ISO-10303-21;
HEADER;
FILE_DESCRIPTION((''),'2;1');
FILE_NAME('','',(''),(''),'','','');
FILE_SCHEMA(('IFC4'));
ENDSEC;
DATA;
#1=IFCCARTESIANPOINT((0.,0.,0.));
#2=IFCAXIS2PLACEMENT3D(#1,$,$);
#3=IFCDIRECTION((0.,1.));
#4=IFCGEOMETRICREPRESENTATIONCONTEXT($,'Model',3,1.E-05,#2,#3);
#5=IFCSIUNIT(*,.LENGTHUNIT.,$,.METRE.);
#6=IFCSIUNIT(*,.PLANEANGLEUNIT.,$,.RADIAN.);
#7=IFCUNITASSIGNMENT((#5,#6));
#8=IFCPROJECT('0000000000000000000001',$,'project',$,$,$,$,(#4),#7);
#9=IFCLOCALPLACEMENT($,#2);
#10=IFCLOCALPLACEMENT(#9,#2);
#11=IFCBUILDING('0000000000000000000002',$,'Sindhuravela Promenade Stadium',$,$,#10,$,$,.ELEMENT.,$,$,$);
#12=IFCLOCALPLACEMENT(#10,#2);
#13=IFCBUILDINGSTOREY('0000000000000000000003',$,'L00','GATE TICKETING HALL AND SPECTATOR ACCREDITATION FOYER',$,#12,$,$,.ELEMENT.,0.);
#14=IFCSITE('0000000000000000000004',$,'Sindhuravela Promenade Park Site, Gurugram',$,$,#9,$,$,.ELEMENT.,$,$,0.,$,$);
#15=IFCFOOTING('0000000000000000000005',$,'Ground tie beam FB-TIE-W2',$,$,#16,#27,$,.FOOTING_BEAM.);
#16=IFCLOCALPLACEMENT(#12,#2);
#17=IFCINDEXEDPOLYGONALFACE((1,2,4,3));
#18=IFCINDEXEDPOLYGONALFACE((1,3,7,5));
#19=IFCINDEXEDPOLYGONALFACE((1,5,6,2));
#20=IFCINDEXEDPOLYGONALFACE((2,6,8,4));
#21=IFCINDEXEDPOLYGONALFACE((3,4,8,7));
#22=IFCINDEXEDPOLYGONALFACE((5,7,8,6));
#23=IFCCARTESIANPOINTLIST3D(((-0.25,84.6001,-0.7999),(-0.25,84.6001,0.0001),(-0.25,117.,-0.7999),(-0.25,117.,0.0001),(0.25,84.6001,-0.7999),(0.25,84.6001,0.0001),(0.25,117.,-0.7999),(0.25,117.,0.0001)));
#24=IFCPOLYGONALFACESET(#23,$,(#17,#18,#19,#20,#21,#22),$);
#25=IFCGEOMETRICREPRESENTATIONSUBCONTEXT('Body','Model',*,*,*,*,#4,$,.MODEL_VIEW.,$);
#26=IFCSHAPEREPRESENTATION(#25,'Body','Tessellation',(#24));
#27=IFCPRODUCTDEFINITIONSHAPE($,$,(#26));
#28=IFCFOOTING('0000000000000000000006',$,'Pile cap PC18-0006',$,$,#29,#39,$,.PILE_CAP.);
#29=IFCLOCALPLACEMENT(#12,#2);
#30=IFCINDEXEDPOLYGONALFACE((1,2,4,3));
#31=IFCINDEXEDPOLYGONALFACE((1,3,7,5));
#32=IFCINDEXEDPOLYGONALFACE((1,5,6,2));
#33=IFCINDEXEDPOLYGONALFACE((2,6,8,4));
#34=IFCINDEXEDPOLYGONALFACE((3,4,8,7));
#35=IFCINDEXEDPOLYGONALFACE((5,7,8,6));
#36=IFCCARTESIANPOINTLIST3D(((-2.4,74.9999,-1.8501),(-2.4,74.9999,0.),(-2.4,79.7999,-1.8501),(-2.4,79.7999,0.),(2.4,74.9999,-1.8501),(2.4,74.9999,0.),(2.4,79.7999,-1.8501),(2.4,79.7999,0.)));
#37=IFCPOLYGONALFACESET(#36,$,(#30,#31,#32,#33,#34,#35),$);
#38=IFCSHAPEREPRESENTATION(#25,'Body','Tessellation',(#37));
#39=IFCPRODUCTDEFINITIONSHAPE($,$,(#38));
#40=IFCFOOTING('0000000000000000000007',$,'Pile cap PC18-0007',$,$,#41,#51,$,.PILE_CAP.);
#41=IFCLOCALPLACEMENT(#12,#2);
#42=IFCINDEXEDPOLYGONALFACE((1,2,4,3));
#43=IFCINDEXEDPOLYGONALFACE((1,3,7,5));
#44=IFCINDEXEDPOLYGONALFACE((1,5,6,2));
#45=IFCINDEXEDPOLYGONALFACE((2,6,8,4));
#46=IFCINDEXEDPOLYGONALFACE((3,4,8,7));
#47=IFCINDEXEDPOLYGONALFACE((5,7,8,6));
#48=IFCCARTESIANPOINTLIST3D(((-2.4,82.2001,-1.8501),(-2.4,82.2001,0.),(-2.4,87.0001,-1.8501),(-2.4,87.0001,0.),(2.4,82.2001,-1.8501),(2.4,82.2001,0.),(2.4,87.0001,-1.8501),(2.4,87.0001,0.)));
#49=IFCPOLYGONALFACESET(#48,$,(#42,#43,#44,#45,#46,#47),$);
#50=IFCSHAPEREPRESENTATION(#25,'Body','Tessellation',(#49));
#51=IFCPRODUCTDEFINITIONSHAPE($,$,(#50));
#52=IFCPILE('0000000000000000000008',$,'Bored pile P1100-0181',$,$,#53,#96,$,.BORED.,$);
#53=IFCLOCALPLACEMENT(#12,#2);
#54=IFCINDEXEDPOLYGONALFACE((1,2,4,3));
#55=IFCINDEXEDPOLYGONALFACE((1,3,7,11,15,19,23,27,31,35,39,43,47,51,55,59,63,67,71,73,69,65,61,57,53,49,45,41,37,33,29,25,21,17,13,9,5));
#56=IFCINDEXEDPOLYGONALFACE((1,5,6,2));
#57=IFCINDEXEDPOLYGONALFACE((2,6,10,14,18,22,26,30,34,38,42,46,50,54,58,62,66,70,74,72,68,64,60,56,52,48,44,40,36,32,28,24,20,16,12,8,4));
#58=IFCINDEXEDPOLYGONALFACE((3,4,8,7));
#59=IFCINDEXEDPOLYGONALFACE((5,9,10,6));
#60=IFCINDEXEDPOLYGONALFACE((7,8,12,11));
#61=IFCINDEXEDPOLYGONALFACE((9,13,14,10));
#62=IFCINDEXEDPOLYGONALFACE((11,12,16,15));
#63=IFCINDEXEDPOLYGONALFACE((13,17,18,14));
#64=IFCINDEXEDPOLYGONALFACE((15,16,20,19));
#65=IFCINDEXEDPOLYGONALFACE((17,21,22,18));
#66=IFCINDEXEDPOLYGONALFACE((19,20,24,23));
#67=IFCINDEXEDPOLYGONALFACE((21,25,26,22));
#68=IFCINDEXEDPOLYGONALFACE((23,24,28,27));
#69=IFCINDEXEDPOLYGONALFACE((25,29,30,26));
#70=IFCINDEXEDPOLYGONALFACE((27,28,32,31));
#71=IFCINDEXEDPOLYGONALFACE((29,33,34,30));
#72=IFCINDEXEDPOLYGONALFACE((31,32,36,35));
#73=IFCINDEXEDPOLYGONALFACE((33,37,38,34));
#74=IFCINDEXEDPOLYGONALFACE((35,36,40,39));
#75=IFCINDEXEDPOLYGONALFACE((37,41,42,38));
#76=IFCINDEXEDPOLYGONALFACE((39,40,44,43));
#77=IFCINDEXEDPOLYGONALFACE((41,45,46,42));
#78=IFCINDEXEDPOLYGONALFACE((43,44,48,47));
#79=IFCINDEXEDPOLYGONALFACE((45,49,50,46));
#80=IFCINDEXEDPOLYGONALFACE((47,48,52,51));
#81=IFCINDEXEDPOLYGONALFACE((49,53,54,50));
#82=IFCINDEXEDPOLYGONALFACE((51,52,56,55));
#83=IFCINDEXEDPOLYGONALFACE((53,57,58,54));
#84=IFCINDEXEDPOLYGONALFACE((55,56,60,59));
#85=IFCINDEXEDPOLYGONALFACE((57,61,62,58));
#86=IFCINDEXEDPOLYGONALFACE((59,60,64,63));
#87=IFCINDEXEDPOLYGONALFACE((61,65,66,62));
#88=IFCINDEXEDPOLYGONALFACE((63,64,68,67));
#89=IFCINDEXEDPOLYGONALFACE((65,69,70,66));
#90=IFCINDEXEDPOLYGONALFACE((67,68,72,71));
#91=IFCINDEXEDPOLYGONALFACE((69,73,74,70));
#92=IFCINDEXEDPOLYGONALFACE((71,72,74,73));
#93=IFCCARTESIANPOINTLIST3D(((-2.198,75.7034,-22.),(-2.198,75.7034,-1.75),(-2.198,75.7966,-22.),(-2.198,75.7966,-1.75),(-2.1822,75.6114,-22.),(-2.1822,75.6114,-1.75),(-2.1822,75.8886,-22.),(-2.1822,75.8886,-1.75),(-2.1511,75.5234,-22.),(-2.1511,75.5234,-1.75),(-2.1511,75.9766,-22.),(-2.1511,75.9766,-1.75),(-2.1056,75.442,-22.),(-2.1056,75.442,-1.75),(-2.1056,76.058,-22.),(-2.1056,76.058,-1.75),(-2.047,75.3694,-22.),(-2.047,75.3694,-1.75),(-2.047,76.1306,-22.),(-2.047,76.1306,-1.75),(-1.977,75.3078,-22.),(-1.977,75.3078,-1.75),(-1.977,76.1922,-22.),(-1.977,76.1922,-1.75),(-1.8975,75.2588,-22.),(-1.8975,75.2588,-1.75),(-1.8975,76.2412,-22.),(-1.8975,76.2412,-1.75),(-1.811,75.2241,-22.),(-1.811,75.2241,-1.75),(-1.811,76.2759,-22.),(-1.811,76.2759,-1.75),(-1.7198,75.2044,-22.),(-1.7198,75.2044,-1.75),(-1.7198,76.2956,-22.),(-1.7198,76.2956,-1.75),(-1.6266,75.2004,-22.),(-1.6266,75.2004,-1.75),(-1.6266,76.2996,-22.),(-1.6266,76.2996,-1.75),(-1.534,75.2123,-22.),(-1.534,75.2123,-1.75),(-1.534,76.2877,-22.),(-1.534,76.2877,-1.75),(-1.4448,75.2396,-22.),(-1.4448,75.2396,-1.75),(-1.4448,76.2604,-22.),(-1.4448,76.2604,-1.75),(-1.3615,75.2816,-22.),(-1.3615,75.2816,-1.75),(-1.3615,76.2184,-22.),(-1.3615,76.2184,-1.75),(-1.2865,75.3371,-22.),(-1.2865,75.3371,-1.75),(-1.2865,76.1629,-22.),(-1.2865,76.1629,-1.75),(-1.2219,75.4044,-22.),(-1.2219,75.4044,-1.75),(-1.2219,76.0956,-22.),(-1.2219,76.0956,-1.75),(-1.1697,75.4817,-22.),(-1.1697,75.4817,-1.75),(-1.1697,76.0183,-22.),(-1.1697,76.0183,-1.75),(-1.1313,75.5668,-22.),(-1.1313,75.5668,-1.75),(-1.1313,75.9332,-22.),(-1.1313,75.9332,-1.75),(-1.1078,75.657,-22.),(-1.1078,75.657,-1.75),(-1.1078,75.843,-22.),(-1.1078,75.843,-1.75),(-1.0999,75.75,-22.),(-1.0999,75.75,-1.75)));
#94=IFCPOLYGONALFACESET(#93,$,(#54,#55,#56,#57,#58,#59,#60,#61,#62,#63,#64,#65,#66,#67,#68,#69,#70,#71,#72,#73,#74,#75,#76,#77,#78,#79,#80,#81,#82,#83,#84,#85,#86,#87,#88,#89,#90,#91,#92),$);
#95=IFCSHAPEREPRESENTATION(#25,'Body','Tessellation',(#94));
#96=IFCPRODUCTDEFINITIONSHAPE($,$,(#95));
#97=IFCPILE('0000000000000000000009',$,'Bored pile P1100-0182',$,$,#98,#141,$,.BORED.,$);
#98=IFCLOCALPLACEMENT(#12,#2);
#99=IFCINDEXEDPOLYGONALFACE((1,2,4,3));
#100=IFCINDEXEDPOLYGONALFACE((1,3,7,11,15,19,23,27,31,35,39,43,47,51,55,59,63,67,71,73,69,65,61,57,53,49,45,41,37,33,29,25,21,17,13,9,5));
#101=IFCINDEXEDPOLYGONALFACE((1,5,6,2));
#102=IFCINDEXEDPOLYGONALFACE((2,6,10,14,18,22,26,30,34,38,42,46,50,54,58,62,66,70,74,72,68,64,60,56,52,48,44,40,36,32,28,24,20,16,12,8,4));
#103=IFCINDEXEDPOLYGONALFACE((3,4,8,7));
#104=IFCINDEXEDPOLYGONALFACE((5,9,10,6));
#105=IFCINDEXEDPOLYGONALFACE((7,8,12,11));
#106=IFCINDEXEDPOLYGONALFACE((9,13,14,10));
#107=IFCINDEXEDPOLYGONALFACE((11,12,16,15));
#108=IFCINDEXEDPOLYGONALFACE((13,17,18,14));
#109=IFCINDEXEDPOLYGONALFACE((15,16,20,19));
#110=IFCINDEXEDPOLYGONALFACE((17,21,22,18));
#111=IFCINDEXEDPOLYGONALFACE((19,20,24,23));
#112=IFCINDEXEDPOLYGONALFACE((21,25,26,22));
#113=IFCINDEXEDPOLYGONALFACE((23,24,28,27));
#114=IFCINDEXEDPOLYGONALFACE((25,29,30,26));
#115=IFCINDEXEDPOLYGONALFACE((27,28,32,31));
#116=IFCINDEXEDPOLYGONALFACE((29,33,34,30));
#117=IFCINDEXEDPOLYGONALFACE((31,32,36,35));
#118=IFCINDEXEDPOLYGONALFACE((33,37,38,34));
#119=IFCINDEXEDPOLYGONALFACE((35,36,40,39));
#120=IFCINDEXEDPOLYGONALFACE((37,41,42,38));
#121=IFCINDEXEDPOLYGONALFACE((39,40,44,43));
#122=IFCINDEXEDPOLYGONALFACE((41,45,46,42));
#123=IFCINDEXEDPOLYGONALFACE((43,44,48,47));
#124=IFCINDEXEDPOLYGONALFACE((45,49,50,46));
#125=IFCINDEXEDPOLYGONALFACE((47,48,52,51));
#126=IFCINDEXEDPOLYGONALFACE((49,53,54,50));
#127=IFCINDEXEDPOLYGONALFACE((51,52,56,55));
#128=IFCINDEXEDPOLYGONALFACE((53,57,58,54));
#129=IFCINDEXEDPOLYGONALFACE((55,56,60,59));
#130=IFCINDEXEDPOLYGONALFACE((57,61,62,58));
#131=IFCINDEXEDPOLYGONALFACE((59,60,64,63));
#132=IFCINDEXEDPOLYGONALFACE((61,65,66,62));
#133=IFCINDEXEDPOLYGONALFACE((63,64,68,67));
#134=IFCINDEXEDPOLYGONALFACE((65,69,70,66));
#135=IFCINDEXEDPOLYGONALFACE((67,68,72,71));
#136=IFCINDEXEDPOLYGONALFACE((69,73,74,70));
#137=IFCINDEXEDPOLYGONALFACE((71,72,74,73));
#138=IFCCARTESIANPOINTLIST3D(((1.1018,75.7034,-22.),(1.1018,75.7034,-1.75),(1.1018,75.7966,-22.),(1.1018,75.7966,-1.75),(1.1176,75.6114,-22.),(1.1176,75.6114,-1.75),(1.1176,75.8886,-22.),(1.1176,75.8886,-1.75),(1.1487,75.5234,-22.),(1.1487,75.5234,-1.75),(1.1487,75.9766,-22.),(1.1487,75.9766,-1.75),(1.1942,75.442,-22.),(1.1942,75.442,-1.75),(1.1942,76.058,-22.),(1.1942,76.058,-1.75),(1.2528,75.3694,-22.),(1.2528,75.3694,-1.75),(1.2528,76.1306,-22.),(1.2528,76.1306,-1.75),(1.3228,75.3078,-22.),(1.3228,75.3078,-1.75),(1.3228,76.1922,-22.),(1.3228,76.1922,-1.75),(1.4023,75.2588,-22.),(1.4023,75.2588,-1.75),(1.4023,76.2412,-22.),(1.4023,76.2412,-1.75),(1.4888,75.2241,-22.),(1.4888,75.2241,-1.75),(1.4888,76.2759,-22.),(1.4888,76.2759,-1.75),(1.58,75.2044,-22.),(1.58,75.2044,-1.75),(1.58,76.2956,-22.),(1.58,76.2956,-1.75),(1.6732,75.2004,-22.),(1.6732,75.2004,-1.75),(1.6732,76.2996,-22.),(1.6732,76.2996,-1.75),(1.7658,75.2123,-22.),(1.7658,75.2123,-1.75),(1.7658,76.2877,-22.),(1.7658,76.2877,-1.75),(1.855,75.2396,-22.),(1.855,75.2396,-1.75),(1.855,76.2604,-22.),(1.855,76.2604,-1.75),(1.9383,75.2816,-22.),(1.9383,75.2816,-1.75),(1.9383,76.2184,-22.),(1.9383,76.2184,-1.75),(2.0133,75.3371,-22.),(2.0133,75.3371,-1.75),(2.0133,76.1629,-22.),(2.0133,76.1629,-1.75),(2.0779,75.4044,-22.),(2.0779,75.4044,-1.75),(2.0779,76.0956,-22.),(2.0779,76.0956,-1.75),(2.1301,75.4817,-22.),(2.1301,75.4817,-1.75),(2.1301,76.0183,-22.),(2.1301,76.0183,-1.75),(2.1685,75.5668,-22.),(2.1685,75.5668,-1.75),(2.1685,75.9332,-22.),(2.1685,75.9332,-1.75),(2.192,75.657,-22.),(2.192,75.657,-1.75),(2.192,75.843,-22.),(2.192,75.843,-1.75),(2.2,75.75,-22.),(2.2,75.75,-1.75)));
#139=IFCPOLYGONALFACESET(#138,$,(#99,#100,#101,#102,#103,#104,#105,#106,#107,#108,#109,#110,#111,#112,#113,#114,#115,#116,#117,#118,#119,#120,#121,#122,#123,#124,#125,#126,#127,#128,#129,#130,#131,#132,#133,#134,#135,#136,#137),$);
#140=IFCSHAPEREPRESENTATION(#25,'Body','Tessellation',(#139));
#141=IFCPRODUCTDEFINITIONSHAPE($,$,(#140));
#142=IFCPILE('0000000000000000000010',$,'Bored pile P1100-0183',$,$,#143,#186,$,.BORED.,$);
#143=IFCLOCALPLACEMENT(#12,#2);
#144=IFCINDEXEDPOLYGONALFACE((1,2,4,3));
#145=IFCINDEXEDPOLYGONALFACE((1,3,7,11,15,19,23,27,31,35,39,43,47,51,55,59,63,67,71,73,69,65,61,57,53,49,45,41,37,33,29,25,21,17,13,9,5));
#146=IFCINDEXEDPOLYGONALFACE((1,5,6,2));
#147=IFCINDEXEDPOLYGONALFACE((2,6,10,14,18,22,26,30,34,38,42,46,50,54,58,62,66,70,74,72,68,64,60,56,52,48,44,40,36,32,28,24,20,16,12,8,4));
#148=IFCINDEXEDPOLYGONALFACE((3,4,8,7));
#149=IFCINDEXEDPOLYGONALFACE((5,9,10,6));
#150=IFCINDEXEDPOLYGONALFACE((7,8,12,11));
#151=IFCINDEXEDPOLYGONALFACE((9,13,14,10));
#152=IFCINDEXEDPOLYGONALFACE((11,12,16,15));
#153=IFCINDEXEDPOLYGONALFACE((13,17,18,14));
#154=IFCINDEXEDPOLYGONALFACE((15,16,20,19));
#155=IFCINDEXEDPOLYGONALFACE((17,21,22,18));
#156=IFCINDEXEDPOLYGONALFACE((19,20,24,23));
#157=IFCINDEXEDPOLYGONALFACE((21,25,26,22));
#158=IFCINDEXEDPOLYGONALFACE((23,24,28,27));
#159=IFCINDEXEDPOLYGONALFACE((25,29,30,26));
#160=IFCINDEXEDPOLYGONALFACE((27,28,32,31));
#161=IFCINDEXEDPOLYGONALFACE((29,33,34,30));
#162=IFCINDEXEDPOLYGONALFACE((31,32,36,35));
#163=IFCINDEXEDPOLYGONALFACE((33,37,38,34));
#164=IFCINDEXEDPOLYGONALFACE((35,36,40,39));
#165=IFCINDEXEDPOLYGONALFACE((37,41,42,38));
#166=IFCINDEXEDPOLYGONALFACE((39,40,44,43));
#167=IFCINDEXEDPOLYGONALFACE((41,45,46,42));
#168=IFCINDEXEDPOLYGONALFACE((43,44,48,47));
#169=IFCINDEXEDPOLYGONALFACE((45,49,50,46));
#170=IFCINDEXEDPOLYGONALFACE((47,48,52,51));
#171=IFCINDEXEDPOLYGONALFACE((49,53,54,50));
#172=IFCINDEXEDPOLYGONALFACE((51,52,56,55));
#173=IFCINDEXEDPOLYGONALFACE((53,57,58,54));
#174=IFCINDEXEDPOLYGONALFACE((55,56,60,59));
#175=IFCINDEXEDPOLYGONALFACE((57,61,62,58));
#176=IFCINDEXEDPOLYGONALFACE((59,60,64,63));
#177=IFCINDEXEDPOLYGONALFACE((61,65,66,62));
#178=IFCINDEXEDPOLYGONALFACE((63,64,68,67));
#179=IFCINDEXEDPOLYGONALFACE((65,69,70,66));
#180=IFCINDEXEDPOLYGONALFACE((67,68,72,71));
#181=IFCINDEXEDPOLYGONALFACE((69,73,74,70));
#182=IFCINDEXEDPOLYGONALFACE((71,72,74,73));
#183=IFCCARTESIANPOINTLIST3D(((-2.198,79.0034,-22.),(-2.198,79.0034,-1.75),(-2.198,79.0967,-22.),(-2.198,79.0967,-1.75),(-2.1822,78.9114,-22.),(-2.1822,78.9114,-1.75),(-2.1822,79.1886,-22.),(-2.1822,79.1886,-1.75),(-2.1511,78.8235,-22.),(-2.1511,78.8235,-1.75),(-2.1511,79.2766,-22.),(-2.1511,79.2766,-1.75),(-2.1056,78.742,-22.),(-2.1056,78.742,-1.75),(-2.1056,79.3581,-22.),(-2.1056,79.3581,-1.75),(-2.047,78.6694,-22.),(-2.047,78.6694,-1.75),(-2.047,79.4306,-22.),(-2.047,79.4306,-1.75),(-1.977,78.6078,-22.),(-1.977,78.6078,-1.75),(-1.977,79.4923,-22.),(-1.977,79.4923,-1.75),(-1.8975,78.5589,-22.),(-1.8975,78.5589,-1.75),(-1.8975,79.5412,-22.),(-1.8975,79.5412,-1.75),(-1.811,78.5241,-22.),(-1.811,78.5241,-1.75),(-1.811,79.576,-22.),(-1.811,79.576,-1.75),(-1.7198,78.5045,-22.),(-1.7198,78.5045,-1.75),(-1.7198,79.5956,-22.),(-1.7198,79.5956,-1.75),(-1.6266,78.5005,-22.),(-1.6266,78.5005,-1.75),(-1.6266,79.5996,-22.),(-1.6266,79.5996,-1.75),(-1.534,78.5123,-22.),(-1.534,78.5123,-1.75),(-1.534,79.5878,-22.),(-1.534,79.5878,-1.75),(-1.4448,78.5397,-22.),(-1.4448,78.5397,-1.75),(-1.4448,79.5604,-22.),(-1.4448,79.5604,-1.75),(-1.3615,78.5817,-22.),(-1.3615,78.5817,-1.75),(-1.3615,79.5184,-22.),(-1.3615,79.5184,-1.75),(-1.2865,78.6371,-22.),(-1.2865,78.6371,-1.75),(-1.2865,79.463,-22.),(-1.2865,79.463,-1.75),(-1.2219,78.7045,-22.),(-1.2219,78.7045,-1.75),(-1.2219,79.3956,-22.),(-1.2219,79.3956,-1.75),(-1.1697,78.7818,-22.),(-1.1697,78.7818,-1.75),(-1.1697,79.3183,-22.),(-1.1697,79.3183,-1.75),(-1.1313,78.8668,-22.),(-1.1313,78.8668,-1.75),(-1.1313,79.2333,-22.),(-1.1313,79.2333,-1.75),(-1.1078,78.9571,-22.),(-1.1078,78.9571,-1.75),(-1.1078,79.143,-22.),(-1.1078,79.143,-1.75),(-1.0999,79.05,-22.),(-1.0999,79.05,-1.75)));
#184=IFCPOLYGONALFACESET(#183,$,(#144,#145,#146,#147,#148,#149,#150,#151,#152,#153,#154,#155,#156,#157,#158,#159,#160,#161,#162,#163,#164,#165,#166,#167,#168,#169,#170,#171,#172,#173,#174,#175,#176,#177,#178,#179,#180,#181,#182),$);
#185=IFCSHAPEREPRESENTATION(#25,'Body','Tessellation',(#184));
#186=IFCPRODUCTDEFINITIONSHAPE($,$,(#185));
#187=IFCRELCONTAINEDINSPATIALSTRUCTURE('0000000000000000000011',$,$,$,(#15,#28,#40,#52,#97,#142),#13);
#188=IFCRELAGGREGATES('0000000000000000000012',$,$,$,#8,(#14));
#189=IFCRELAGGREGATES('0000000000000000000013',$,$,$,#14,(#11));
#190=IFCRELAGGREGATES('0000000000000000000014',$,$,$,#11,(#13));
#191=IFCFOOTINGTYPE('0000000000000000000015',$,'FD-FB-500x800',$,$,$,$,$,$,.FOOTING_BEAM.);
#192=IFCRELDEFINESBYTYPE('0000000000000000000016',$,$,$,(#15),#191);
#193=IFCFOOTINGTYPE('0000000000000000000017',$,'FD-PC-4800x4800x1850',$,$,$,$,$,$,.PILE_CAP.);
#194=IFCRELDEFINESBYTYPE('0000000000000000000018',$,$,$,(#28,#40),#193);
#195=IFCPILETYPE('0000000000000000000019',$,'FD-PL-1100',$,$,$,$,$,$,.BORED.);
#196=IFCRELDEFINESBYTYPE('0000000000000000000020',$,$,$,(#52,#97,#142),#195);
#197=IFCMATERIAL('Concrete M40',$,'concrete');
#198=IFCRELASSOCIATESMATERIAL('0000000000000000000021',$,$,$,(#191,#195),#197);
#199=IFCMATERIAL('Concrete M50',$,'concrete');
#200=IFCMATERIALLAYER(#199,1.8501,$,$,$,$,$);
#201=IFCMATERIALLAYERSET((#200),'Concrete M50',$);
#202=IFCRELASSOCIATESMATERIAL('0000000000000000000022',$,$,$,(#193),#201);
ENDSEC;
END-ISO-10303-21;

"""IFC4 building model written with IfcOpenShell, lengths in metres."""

from ifc_helpers import new_model, si_unit, direction, frame, origin, origin_2d, place, context, subcontext, project, spatial, rectangle, circle, extrude, material, layer, layer_set, material_profile, profile_set, type_object, element, save


model = new_model("IFC4")

# Units and contexts
model_context = context("Model", 3, precision=1e-05, world=origin(), true_north=direction((0.0, 1.0)))
body_context = subcontext(model_context, "Body", "Model", "MODEL_VIEW")
ifc_project = project(units=[si_unit("LENGTHUNIT", "METRE"), si_unit("PLANEANGLEUNIT", "RADIAN")], contexts=[model_context])

# Site, building, storey
site_placement = place(None, origin())
site = spatial("IfcSite", under=ifc_project, at=site_placement, Name="Sindhuravela Promenade Park Site, Gurugram", CompositionType="ELEMENT", RefElevation=0.0)
building_placement = place(site_placement, origin())
building = spatial("IfcBuilding", under=site, at=building_placement, Name="Sindhuravela Promenade Stadium", CompositionType="ELEMENT")
storey_placement = place(building_placement, origin())
storey = spatial("IfcBuildingStorey", under=building, at=storey_placement, Name="L00", Description="GATE TICKETING HALL AND SPECTATOR ACCREDITATION FOYER", CompositionType="ELEMENT", Elevation=0.0)

# Footings
ifc_material_1 = material(Name="Concrete M40", Category="concrete")
ifc_material_profile_1 = material_profile(ifc_material_1, rectangle(XDim=0.5, YDim=0.8, at=origin_2d()), Name="RC 500x800")
ifc_profile_set_1 = profile_set([ifc_material_profile_1], Name="Concrete M40")
footing_type_1 = type_object("IfcFootingType", Name="FD-FB-500x800", PredefinedType="FOOTING_BEAM", material=ifc_profile_set_1)
footing_placement = place(storey_placement, frame((0.0, 84.6001, -0.3999), z_axis=(0.0, 1.0, 0.0), x_axis=(-1.0, 0.0, 0.0)))
element("IfcFooting", 1, at=footing_placement, inside=storey, type_object=footing_type_1, Name="Ground tie beam FB-TIE-W2", PredefinedType="FOOTING_BEAM", context=body_context, shape_type="SweptSolid", body=[
    extrude(rectangle(XDim=0.5, YDim=0.8, at=origin_2d()), origin(), (0.0, 0.0, 1.0), 32.3999),
])
ifc_material_2 = material(Name="Concrete M50", Category="concrete")
ifc_layer_1 = layer(ifc_material_2, 1.8501)
ifc_layer_set_1 = layer_set([ifc_layer_1], Name="Concrete M50")
footing_type_2 = type_object("IfcFootingType", Name="FD-PC-4800x4800x1850", PredefinedType="PILE_CAP", material=ifc_layer_set_1)
for number, where, z_axis, x_axis, name in (
    (2, (0.0, 77.3999, -1.8501), (0.0, 0.0, 1.0), (1.0, 0.0, 0.0), "Pile cap PC18-0006"),
    (3, (0.0, 84.6001, -1.8501), (0.0, 0.0, 1.0), (1.0, 0.0, 0.0), "Pile cap PC18-0007"),
):
    element("IfcFooting", number, at=place(storey_placement, frame(where, z_axis=z_axis, x_axis=x_axis)), inside=storey, type_object=footing_type_2, Name=name, PredefinedType="PILE_CAP", context=body_context, shape_type="SweptSolid", body=[
        extrude(rectangle(XDim=4.8, YDim=4.8, at=origin_2d()), origin(), (0.0, 0.0, 1.0), 1.8501),
    ])

# Piles
ifc_material_profile_2 = material_profile(ifc_material_1, circle(Radius=0.55, at=origin_2d()), Name="BORED PILE D1100")
ifc_profile_set_2 = profile_set([ifc_material_profile_2], Name="Concrete M40")
pile_type = type_object("IfcPileType", Name="FD-PL-1100", PredefinedType="BORED", material=ifc_profile_set_2)
for number, where, z_axis, x_axis, name in (
    (4, (-1.6499, 75.75, -1.75), (0.0, 0.0, -1.0), (1.0, 0.0, 0.0), "Bored pile P1100-0181"),
    (5, (1.6499, 75.75, -1.75), (0.0, 0.0, -1.0), (1.0, 0.0, 0.0), "Bored pile P1100-0182"),
    (6, (-1.6499, 79.05, -1.75), (0.0, 0.0, -1.0), (1.0, 0.0, 0.0), "Bored pile P1100-0183"),
):
    element("IfcPile", number, at=place(storey_placement, frame(where, z_axis=z_axis, x_axis=x_axis)), inside=storey, type_object=pile_type, Name=name, PredefinedType="BORED", context=body_context, shape_type="SweptSolid", body=[
        extrude(circle(Radius=0.55, at=origin_2d()), origin(), (0.0, 0.0, 1.0), 20.25),
    ])

save(model, "model.ifc")
